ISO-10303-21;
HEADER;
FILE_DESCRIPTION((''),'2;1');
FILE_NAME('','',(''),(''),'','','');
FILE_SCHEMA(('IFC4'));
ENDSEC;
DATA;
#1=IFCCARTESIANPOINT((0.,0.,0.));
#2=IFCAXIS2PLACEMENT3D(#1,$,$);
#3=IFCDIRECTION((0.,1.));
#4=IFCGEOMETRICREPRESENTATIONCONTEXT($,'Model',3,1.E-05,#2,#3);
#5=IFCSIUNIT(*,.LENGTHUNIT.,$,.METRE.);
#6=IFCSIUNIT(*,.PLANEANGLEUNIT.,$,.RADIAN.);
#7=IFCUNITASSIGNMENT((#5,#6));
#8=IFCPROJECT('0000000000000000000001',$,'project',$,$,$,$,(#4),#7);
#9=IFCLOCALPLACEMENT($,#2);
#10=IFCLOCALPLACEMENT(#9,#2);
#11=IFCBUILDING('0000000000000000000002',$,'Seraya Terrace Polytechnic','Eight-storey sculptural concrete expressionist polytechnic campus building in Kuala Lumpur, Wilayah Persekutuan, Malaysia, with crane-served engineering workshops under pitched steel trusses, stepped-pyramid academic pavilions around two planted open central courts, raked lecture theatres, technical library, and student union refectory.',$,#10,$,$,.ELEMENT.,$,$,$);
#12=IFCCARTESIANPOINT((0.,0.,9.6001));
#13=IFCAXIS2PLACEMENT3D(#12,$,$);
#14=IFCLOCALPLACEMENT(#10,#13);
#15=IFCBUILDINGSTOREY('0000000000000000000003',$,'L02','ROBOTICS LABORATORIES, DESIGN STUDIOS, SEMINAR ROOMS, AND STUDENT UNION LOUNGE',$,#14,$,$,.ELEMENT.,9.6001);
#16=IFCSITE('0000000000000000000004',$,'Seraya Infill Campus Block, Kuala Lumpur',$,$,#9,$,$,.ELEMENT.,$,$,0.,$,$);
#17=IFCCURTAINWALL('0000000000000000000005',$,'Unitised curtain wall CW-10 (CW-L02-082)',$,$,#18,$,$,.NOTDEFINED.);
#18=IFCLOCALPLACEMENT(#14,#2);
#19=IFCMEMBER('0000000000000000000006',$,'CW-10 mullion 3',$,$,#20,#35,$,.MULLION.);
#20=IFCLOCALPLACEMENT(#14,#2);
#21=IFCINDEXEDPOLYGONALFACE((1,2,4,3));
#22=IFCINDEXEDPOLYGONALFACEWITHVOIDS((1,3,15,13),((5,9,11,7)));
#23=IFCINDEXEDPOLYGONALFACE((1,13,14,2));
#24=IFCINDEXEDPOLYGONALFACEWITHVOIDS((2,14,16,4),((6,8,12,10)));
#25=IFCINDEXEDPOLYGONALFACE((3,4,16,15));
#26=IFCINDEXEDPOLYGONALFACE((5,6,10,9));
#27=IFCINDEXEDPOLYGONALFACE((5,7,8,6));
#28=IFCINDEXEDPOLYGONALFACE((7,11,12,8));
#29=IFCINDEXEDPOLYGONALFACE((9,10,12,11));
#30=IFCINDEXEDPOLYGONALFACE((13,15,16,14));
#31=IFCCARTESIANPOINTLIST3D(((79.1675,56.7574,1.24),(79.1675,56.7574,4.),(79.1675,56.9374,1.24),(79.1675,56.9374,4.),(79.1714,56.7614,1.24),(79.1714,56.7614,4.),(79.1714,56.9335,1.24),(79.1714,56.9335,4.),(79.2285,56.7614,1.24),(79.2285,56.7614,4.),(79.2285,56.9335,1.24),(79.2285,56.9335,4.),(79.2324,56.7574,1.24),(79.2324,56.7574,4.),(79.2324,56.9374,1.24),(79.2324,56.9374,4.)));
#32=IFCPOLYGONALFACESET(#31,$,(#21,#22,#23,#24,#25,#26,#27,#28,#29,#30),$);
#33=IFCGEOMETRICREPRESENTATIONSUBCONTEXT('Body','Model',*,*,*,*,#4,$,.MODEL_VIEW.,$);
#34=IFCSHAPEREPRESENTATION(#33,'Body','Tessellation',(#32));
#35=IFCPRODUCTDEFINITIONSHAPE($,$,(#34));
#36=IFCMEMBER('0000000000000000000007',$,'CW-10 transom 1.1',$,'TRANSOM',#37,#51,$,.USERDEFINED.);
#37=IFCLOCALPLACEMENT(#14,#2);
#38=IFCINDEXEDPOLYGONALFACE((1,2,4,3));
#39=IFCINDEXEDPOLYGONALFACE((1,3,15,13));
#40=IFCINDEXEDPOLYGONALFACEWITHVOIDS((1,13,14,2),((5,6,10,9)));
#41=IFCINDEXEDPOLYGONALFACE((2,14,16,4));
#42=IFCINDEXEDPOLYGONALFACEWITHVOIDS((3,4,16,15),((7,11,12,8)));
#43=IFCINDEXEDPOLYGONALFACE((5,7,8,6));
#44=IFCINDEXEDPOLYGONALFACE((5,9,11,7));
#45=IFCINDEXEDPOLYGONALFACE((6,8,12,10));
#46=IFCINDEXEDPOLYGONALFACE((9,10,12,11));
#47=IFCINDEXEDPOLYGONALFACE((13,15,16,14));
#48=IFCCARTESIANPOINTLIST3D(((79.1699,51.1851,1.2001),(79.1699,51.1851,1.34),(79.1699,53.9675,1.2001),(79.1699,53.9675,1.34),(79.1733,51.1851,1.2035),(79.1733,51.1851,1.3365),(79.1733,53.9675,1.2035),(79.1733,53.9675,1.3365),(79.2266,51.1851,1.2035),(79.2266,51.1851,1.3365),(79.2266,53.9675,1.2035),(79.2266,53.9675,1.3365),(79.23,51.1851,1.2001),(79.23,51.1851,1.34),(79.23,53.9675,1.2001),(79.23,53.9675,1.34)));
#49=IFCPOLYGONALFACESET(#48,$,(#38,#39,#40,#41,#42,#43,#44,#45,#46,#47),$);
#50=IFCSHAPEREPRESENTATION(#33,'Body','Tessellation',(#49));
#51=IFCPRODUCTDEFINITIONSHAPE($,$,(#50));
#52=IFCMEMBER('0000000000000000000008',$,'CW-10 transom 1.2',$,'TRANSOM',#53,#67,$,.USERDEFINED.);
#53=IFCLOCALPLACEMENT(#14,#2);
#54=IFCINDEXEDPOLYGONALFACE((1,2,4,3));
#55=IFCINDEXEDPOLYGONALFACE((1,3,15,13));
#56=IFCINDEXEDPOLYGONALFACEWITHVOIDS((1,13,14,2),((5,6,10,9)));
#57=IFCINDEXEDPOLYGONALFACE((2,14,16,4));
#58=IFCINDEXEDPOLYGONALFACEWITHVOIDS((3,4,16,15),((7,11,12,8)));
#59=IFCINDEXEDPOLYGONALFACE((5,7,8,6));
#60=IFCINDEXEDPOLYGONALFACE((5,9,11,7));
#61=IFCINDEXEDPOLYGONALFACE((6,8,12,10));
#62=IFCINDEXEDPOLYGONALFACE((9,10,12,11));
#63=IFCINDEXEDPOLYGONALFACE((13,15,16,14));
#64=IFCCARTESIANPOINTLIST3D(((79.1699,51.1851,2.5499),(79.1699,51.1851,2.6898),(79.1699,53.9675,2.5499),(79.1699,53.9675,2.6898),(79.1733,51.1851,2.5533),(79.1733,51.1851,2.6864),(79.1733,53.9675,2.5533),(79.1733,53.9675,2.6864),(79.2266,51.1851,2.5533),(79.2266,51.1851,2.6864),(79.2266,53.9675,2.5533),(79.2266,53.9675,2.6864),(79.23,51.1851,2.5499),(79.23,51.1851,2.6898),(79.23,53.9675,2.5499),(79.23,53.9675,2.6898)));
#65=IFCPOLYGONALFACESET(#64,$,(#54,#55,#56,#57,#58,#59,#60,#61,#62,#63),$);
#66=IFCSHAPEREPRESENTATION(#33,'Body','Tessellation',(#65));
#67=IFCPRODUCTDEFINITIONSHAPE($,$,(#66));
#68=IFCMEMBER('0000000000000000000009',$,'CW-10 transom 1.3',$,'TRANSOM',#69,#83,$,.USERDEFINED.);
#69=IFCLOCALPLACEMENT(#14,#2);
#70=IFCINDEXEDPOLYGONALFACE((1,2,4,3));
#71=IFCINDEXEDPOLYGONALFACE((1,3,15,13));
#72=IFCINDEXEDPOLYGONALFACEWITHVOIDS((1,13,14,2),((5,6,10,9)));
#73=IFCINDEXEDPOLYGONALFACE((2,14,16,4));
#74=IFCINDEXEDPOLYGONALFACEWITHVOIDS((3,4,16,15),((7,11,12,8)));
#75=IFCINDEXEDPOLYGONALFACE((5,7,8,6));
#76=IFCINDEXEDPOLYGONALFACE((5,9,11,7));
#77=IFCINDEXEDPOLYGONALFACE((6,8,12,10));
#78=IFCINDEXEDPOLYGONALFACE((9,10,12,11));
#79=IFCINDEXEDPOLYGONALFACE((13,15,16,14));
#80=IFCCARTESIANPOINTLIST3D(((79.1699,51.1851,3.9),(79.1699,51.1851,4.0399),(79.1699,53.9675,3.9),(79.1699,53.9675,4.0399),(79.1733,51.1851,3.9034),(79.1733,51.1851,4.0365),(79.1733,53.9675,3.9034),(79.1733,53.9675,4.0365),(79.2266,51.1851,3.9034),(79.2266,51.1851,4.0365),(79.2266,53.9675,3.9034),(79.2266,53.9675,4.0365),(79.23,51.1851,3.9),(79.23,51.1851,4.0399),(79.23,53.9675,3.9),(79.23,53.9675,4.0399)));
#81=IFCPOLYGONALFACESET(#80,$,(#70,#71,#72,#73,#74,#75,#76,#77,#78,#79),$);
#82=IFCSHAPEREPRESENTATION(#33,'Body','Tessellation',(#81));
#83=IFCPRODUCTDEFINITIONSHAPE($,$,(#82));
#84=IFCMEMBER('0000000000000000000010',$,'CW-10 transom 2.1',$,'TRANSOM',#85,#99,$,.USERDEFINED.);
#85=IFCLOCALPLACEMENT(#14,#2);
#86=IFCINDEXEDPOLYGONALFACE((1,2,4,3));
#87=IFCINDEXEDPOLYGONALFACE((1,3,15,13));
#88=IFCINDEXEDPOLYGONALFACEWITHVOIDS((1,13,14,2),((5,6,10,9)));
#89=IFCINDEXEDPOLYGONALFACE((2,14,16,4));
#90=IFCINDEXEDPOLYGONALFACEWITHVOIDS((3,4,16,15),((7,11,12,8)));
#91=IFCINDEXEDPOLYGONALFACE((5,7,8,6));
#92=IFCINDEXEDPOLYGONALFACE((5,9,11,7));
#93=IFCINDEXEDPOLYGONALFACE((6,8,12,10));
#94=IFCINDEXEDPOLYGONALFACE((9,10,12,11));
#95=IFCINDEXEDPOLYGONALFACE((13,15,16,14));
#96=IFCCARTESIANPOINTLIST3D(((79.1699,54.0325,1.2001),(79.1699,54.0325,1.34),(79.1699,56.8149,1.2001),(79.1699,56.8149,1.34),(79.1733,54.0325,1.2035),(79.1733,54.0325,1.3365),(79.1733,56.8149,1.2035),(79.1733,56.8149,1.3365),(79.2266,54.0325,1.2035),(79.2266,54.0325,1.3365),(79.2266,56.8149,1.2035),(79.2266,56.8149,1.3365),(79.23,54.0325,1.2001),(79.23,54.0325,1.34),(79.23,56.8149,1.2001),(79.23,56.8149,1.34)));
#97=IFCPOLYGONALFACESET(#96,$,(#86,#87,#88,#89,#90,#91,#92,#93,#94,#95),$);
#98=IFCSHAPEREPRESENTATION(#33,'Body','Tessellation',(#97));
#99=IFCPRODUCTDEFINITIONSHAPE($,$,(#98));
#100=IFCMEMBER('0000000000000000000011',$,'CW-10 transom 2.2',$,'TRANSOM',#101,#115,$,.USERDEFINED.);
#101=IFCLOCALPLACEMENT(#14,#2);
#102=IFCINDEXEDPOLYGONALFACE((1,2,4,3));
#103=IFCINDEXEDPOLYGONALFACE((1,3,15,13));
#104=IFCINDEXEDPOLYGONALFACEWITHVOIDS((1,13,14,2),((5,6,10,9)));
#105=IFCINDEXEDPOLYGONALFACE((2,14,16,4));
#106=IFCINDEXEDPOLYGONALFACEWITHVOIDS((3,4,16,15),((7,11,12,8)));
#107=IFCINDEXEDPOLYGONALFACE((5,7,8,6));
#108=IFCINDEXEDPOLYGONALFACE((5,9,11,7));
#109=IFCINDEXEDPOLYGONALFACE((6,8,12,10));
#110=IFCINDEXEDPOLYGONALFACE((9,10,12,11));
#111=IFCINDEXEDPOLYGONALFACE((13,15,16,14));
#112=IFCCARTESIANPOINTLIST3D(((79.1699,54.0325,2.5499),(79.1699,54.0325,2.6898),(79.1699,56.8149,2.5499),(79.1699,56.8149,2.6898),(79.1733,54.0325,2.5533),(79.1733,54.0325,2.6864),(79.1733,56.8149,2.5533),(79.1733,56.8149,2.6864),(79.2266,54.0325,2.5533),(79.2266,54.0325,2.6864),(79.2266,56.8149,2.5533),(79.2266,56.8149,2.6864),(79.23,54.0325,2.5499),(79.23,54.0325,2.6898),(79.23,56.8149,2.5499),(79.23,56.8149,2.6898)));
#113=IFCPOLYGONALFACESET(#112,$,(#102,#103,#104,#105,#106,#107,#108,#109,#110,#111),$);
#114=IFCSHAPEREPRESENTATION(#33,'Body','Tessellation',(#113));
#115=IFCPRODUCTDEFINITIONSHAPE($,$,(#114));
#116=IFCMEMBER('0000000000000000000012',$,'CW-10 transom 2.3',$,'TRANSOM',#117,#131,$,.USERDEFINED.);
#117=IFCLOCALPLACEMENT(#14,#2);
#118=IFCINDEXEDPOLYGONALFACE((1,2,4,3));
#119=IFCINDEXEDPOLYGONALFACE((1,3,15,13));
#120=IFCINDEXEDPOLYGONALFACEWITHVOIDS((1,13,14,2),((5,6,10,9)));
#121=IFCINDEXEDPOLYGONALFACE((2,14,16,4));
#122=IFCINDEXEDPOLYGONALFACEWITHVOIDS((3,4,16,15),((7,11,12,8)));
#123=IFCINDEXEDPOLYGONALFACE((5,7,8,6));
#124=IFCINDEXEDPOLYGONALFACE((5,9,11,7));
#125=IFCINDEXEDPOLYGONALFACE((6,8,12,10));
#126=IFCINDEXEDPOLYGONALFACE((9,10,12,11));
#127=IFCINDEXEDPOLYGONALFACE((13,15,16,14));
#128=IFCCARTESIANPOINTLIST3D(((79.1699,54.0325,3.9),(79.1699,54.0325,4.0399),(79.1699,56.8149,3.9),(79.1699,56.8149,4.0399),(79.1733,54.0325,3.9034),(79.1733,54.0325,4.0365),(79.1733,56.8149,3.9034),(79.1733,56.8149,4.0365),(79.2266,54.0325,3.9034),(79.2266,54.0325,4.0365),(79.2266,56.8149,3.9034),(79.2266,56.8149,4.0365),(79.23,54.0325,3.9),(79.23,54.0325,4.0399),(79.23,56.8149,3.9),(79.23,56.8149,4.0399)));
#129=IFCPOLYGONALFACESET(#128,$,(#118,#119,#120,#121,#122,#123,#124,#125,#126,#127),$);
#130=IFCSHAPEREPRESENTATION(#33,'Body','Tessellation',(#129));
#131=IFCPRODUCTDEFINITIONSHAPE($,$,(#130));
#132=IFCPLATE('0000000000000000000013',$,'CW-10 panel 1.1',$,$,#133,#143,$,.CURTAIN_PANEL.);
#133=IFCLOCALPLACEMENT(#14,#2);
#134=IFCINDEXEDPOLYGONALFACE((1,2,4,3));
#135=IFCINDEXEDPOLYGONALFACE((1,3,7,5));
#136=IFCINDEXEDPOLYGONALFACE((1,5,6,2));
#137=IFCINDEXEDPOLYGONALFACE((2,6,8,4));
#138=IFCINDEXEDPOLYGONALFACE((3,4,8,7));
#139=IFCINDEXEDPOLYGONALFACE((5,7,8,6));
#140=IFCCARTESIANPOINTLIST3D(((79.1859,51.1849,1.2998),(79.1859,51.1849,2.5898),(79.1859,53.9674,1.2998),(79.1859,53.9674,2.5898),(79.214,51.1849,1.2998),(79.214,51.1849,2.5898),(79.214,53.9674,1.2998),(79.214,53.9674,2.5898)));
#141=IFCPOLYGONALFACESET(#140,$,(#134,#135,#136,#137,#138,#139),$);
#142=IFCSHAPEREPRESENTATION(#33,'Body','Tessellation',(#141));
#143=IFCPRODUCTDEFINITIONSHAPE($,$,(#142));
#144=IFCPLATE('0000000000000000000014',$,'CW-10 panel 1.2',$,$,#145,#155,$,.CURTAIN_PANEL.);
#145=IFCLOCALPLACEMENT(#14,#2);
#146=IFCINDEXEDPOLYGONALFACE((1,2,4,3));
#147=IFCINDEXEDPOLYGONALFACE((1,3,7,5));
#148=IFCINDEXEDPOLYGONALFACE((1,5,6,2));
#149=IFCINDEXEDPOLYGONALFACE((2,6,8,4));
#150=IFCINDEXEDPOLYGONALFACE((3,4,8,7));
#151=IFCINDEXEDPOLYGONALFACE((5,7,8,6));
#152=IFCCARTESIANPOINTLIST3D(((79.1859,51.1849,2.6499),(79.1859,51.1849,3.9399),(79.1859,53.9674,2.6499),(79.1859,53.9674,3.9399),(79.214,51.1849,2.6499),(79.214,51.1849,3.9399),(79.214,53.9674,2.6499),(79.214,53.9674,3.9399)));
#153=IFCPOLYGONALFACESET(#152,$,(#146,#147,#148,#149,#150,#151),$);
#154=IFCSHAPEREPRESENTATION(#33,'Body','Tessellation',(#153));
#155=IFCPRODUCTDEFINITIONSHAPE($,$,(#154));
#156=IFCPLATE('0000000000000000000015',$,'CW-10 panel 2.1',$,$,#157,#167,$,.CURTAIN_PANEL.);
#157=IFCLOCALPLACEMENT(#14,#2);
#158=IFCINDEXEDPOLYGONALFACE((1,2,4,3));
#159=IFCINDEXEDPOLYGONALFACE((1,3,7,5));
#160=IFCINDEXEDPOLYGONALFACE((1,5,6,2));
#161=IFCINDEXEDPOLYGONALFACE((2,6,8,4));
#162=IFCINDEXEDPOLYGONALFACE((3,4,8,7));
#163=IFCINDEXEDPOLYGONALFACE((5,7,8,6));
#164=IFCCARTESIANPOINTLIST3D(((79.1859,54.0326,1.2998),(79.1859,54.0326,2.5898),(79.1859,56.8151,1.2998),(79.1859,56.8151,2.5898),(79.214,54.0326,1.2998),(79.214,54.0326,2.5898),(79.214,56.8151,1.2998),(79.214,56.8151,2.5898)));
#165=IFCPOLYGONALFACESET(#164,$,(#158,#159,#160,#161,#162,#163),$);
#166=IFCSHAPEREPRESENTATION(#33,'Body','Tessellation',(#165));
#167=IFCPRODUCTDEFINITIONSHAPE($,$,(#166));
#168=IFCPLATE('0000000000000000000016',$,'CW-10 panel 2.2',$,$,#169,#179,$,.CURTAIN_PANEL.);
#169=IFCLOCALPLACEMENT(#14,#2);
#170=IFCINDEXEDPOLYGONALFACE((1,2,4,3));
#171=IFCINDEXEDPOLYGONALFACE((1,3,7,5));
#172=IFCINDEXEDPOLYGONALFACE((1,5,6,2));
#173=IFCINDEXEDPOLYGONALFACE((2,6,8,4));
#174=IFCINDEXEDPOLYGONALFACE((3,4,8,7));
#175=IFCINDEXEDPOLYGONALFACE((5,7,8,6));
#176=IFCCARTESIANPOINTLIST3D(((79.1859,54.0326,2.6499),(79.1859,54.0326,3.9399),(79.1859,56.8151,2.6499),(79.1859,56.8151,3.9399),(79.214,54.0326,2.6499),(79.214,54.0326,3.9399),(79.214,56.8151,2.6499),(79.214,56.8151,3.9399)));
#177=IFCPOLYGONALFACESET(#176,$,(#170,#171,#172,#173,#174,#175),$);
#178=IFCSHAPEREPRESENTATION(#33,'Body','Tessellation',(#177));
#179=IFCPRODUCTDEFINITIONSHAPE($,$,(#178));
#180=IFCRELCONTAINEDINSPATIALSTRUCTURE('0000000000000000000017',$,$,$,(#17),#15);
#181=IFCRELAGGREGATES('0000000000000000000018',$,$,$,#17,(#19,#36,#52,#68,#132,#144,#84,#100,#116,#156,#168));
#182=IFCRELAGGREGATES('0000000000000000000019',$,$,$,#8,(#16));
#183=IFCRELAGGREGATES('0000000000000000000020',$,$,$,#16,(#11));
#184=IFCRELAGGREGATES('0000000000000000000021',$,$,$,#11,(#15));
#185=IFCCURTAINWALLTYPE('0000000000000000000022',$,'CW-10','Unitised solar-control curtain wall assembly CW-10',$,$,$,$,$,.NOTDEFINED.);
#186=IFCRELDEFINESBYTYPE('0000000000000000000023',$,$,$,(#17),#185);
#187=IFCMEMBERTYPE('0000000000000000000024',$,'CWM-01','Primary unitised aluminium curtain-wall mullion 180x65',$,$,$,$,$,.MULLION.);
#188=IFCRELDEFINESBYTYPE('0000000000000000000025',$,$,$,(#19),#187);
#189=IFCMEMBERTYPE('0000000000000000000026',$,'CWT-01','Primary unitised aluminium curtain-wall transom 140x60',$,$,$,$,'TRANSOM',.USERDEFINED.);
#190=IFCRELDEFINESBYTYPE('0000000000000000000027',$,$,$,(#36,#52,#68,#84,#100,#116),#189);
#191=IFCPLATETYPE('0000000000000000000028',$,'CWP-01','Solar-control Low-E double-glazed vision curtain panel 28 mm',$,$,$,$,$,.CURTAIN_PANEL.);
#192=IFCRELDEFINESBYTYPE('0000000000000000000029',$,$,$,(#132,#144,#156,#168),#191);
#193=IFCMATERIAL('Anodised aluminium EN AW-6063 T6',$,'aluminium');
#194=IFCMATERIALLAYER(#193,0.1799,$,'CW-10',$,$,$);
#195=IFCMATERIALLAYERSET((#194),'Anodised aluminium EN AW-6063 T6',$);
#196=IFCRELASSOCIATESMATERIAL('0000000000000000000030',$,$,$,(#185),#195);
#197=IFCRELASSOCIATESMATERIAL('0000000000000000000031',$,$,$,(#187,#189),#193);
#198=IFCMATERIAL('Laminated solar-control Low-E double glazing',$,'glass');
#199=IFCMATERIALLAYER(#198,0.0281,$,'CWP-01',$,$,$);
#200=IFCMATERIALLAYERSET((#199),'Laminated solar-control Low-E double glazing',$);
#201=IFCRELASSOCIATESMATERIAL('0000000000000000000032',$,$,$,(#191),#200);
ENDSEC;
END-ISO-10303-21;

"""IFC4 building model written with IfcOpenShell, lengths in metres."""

from ifc_helpers import new_model, si_unit, direction, frame, origin, origin_2d, place, context, subcontext, project, spatial, rectangle, hollow_rectangle, extrude, material, layer, layer_set, material_profile, profile_set, type_object, element, aggregate, save


model = new_model("IFC4")

# Units and contexts
model_context = context("Model", 3, precision=1e-05, world=origin(), true_north=direction((0.0, 1.0)))
body_context = subcontext(model_context, "Body", "Model", "MODEL_VIEW")
ifc_project = project(units=[si_unit("LENGTHUNIT", "METRE"), si_unit("PLANEANGLEUNIT", "RADIAN")], contexts=[model_context])

# Site, building, storey
site_placement = place(None, origin())
site = spatial("IfcSite", under=ifc_project, at=site_placement, Name="Seraya Infill Campus Block, Kuala Lumpur", CompositionType="ELEMENT", RefElevation=0.0)
building_placement = place(site_placement, origin())
building = spatial("IfcBuilding", under=site, at=building_placement, Name="Seraya Terrace Polytechnic", Description="Eight-storey sculptural concrete expressionist polytechnic campus building in Kuala Lumpur, Wilayah Persekutuan, Malaysia, with crane-served engineering workshops under pitched steel trusses, stepped-pyramid academic pavilions around two planted open central courts, raked lecture theatres, technical library, and student union refectory.", CompositionType="ELEMENT")
storey_placement = place(building_placement, frame((0.0, 0.0, 9.6001)))
storey = spatial("IfcBuildingStorey", under=building, at=storey_placement, Name="L02", Description="ROBOTICS LABORATORIES, DESIGN STUDIOS, SEMINAR ROOMS, AND STUDENT UNION LOUNGE", CompositionType="ELEMENT", Elevation=9.6001)

# Curtain wall, members, plates
ifc_material_1 = material(Name="Anodised aluminium EN AW-6063 T6", Category="aluminium")
ifc_layer_1 = layer(ifc_material_1, 0.1799, Name="CW-10")
ifc_layer_set_1 = layer_set([ifc_layer_1], Name="Anodised aluminium EN AW-6063 T6")
curtain_wall_type = type_object("IfcCurtainWallType", Name="CW-10", Description="Unitised solar-control curtain wall assembly CW-10", PredefinedType="NOTDEFINED", material=ifc_layer_set_1)
curtain_wall_placement = place(storey_placement, origin())
curtain_wall = element("IfcCurtainWall", 1, at=curtain_wall_placement, inside=storey, type_object=curtain_wall_type, Name="Unitised curtain wall CW-10 (CW-L02-082)", PredefinedType="NOTDEFINED")
ifc_material_profile_1 = material_profile(ifc_material_1, hollow_rectangle(XDim=0.0649, YDim=0.1799, WallThickness=0.0039, at=origin_2d()), Name="RHS 180x65x4.0")
ifc_profile_set_1 = profile_set([ifc_material_profile_1], Name="Anodised aluminium EN AW-6063 T6")
member_type_1 = type_object("IfcMemberType", Name="CWM-01", Description="Primary unitised aluminium curtain-wall mullion 180x65", PredefinedType="MULLION", material=ifc_profile_set_1)
member_1_placement = place(storey_placement, frame((79.2, 56.8474, 1.24), z_axis=(0.0, 0.0, 1.0), x_axis=(-1.0, 0.0, 0.0)))
member_1 = element("IfcMember", 2, at=member_1_placement, type_object=member_type_1, Name="CW-10 mullion 3", PredefinedType="MULLION", context=body_context, shape_type="SweptSolid", body=[
    extrude(hollow_rectangle(XDim=0.0649, YDim=0.1799, WallThickness=0.0039, at=origin_2d()), origin(), (0.0, 0.0, 1.0), 2.76),
])
ifc_material_profile_2 = material_profile(ifc_material_1, hollow_rectangle(XDim=0.0601, YDim=0.1399, WallThickness=0.0034, at=origin_2d()), Name="RHS 140x60x3.5")
ifc_profile_set_2 = profile_set([ifc_material_profile_2], Name="Anodised aluminium EN AW-6063 T6")
member_type_2 = type_object("IfcMemberType", Name="CWT-01", Description="Primary unitised aluminium curtain-wall transom 140x60", ElementType="TRANSOM", PredefinedType="USERDEFINED", material=ifc_profile_set_2)
member_2_placement = place(storey_placement, frame((79.2, 51.1851, 1.27), z_axis=(0.0, 1.0, 0.0), x_axis=(-1.0, 0.0, 0.0)))
member_2 = element("IfcMember", 3, at=member_2_placement, type_object=member_type_2, Name="CW-10 transom 1.1", ObjectType="TRANSOM", PredefinedType="USERDEFINED", context=body_context, shape_type="SweptSolid", body=[
    extrude(hollow_rectangle(XDim=0.0601, YDim=0.1399, WallThickness=0.0034, at=origin_2d()), origin(), (0.0, 0.0, 1.0), 2.7825),
])
member_3_placement = place(storey_placement, frame((79.2, 51.1851, 2.6199), z_axis=(0.0, 1.0, 0.0), x_axis=(-1.0, 0.0, 0.0)))
member_3 = element("IfcMember", 4, at=member_3_placement, type_object=member_type_2, Name="CW-10 transom 1.2", ObjectType="TRANSOM", PredefinedType="USERDEFINED", context=body_context, shape_type="SweptSolid", body=[
    extrude(hollow_rectangle(XDim=0.0601, YDim=0.1399, WallThickness=0.0034, at=origin_2d()), origin(), (0.0, 0.0, 1.0), 2.7825),
])
member_4_placement = place(storey_placement, frame((79.2, 51.1851, 3.97), z_axis=(0.0, 1.0, 0.0), x_axis=(-1.0, 0.0, 0.0)))
member_4 = element("IfcMember", 5, at=member_4_placement, type_object=member_type_2, Name="CW-10 transom 1.3", ObjectType="TRANSOM", PredefinedType="USERDEFINED", context=body_context, shape_type="SweptSolid", body=[
    extrude(hollow_rectangle(XDim=0.0601, YDim=0.1399, WallThickness=0.0034, at=origin_2d()), origin(), (0.0, 0.0, 1.0), 2.7825),
])
member_5_placement = place(storey_placement, frame((79.2, 54.0325, 1.27), z_axis=(0.0, 1.0, 0.0), x_axis=(-1.0, 0.0, 0.0)))
member_5 = element("IfcMember", 6, at=member_5_placement, type_object=member_type_2, Name="CW-10 transom 2.1", ObjectType="TRANSOM", PredefinedType="USERDEFINED", context=body_context, shape_type="SweptSolid", body=[
    extrude(hollow_rectangle(XDim=0.0601, YDim=0.1399, WallThickness=0.0034, at=origin_2d()), origin(), (0.0, 0.0, 1.0), 2.7825),
])
member_6_placement = place(storey_placement, frame((79.2, 54.0325, 2.6199), z_axis=(0.0, 1.0, 0.0), x_axis=(-1.0, 0.0, 0.0)))
member_6 = element("IfcMember", 7, at=member_6_placement, type_object=member_type_2, Name="CW-10 transom 2.2", ObjectType="TRANSOM", PredefinedType="USERDEFINED", context=body_context, shape_type="SweptSolid", body=[
    extrude(hollow_rectangle(XDim=0.0601, YDim=0.1399, WallThickness=0.0034, at=origin_2d()), origin(), (0.0, 0.0, 1.0), 2.7825),
])
member_7_placement = place(storey_placement, frame((79.2, 54.0325, 3.97), z_axis=(0.0, 1.0, 0.0), x_axis=(-1.0, 0.0, 0.0)))
member_7 = element("IfcMember", 8, at=member_7_placement, type_object=member_type_2, Name="CW-10 transom 2.3", ObjectType="TRANSOM", PredefinedType="USERDEFINED", context=body_context, shape_type="SweptSolid", body=[
    extrude(hollow_rectangle(XDim=0.0601, YDim=0.1399, WallThickness=0.0034, at=origin_2d()), origin(), (0.0, 0.0, 1.0), 2.7825),
])
ifc_material_2 = material(Name="Laminated solar-control Low-E double glazing", Category="glass")
ifc_layer_2 = layer(ifc_material_2, 0.0281, Name="CWP-01")
ifc_layer_set_2 = layer_set([ifc_layer_2], Name="Laminated solar-control Low-E double glazing")
plate_type = type_object("IfcPlateType", Name="CWP-01", Description="Solar-control Low-E double-glazed vision curtain panel 28 mm", PredefinedType="CURTAIN_PANEL", material=ifc_layer_set_2)
plate_1_placement = place(storey_placement, frame((79.2, 52.5762, 1.2998), z_axis=(0.0, 0.0, 1.0), x_axis=(0.0, 1.0, 0.0)))
plate_1 = element("IfcPlate", 9, at=plate_1_placement, type_object=plate_type, Name="CW-10 panel 1.1", PredefinedType="CURTAIN_PANEL", context=body_context, shape_type="SweptSolid", body=[
    extrude(rectangle(XDim=2.7825, YDim=0.0281, at=origin_2d()), origin(), (0.0, 0.0, 1.0), 1.29),
])
plate_2_placement = place(storey_placement, frame((79.2, 52.5762, 2.6499), z_axis=(0.0, 0.0, 1.0), x_axis=(0.0, 1.0, 0.0)))
plate_2 = element("IfcPlate", 10, at=plate_2_placement, type_object=plate_type, Name="CW-10 panel 1.2", PredefinedType="CURTAIN_PANEL", context=body_context, shape_type="SweptSolid", body=[
    extrude(rectangle(XDim=2.7825, YDim=0.0281, at=origin_2d()), origin(), (0.0, 0.0, 1.0), 1.29),
])
plate_3_placement = place(storey_placement, frame((79.2, 55.4238, 1.2998), z_axis=(0.0, 0.0, 1.0), x_axis=(0.0, 1.0, 0.0)))
plate_3 = element("IfcPlate", 11, at=plate_3_placement, type_object=plate_type, Name="CW-10 panel 2.1", PredefinedType="CURTAIN_PANEL", context=body_context, shape_type="SweptSolid", body=[
    extrude(rectangle(XDim=2.7825, YDim=0.0281, at=origin_2d()), origin(), (0.0, 0.0, 1.0), 1.29),
])
plate_4_placement = place(storey_placement, frame((79.2, 55.4238, 2.6499), z_axis=(0.0, 0.0, 1.0), x_axis=(0.0, 1.0, 0.0)))
plate_4 = element("IfcPlate", 12, at=plate_4_placement, type_object=plate_type, Name="CW-10 panel 2.2", PredefinedType="CURTAIN_PANEL", context=body_context, shape_type="SweptSolid", body=[
    extrude(rectangle(XDim=2.7825, YDim=0.0281, at=origin_2d()), origin(), (0.0, 0.0, 1.0), 1.29),
])
aggregate(curtain_wall, [member_1, member_2, member_3, member_4, plate_1, plate_2, member_5, member_6, member_7, plate_3, plate_4])

save(model, "model.ifc")
